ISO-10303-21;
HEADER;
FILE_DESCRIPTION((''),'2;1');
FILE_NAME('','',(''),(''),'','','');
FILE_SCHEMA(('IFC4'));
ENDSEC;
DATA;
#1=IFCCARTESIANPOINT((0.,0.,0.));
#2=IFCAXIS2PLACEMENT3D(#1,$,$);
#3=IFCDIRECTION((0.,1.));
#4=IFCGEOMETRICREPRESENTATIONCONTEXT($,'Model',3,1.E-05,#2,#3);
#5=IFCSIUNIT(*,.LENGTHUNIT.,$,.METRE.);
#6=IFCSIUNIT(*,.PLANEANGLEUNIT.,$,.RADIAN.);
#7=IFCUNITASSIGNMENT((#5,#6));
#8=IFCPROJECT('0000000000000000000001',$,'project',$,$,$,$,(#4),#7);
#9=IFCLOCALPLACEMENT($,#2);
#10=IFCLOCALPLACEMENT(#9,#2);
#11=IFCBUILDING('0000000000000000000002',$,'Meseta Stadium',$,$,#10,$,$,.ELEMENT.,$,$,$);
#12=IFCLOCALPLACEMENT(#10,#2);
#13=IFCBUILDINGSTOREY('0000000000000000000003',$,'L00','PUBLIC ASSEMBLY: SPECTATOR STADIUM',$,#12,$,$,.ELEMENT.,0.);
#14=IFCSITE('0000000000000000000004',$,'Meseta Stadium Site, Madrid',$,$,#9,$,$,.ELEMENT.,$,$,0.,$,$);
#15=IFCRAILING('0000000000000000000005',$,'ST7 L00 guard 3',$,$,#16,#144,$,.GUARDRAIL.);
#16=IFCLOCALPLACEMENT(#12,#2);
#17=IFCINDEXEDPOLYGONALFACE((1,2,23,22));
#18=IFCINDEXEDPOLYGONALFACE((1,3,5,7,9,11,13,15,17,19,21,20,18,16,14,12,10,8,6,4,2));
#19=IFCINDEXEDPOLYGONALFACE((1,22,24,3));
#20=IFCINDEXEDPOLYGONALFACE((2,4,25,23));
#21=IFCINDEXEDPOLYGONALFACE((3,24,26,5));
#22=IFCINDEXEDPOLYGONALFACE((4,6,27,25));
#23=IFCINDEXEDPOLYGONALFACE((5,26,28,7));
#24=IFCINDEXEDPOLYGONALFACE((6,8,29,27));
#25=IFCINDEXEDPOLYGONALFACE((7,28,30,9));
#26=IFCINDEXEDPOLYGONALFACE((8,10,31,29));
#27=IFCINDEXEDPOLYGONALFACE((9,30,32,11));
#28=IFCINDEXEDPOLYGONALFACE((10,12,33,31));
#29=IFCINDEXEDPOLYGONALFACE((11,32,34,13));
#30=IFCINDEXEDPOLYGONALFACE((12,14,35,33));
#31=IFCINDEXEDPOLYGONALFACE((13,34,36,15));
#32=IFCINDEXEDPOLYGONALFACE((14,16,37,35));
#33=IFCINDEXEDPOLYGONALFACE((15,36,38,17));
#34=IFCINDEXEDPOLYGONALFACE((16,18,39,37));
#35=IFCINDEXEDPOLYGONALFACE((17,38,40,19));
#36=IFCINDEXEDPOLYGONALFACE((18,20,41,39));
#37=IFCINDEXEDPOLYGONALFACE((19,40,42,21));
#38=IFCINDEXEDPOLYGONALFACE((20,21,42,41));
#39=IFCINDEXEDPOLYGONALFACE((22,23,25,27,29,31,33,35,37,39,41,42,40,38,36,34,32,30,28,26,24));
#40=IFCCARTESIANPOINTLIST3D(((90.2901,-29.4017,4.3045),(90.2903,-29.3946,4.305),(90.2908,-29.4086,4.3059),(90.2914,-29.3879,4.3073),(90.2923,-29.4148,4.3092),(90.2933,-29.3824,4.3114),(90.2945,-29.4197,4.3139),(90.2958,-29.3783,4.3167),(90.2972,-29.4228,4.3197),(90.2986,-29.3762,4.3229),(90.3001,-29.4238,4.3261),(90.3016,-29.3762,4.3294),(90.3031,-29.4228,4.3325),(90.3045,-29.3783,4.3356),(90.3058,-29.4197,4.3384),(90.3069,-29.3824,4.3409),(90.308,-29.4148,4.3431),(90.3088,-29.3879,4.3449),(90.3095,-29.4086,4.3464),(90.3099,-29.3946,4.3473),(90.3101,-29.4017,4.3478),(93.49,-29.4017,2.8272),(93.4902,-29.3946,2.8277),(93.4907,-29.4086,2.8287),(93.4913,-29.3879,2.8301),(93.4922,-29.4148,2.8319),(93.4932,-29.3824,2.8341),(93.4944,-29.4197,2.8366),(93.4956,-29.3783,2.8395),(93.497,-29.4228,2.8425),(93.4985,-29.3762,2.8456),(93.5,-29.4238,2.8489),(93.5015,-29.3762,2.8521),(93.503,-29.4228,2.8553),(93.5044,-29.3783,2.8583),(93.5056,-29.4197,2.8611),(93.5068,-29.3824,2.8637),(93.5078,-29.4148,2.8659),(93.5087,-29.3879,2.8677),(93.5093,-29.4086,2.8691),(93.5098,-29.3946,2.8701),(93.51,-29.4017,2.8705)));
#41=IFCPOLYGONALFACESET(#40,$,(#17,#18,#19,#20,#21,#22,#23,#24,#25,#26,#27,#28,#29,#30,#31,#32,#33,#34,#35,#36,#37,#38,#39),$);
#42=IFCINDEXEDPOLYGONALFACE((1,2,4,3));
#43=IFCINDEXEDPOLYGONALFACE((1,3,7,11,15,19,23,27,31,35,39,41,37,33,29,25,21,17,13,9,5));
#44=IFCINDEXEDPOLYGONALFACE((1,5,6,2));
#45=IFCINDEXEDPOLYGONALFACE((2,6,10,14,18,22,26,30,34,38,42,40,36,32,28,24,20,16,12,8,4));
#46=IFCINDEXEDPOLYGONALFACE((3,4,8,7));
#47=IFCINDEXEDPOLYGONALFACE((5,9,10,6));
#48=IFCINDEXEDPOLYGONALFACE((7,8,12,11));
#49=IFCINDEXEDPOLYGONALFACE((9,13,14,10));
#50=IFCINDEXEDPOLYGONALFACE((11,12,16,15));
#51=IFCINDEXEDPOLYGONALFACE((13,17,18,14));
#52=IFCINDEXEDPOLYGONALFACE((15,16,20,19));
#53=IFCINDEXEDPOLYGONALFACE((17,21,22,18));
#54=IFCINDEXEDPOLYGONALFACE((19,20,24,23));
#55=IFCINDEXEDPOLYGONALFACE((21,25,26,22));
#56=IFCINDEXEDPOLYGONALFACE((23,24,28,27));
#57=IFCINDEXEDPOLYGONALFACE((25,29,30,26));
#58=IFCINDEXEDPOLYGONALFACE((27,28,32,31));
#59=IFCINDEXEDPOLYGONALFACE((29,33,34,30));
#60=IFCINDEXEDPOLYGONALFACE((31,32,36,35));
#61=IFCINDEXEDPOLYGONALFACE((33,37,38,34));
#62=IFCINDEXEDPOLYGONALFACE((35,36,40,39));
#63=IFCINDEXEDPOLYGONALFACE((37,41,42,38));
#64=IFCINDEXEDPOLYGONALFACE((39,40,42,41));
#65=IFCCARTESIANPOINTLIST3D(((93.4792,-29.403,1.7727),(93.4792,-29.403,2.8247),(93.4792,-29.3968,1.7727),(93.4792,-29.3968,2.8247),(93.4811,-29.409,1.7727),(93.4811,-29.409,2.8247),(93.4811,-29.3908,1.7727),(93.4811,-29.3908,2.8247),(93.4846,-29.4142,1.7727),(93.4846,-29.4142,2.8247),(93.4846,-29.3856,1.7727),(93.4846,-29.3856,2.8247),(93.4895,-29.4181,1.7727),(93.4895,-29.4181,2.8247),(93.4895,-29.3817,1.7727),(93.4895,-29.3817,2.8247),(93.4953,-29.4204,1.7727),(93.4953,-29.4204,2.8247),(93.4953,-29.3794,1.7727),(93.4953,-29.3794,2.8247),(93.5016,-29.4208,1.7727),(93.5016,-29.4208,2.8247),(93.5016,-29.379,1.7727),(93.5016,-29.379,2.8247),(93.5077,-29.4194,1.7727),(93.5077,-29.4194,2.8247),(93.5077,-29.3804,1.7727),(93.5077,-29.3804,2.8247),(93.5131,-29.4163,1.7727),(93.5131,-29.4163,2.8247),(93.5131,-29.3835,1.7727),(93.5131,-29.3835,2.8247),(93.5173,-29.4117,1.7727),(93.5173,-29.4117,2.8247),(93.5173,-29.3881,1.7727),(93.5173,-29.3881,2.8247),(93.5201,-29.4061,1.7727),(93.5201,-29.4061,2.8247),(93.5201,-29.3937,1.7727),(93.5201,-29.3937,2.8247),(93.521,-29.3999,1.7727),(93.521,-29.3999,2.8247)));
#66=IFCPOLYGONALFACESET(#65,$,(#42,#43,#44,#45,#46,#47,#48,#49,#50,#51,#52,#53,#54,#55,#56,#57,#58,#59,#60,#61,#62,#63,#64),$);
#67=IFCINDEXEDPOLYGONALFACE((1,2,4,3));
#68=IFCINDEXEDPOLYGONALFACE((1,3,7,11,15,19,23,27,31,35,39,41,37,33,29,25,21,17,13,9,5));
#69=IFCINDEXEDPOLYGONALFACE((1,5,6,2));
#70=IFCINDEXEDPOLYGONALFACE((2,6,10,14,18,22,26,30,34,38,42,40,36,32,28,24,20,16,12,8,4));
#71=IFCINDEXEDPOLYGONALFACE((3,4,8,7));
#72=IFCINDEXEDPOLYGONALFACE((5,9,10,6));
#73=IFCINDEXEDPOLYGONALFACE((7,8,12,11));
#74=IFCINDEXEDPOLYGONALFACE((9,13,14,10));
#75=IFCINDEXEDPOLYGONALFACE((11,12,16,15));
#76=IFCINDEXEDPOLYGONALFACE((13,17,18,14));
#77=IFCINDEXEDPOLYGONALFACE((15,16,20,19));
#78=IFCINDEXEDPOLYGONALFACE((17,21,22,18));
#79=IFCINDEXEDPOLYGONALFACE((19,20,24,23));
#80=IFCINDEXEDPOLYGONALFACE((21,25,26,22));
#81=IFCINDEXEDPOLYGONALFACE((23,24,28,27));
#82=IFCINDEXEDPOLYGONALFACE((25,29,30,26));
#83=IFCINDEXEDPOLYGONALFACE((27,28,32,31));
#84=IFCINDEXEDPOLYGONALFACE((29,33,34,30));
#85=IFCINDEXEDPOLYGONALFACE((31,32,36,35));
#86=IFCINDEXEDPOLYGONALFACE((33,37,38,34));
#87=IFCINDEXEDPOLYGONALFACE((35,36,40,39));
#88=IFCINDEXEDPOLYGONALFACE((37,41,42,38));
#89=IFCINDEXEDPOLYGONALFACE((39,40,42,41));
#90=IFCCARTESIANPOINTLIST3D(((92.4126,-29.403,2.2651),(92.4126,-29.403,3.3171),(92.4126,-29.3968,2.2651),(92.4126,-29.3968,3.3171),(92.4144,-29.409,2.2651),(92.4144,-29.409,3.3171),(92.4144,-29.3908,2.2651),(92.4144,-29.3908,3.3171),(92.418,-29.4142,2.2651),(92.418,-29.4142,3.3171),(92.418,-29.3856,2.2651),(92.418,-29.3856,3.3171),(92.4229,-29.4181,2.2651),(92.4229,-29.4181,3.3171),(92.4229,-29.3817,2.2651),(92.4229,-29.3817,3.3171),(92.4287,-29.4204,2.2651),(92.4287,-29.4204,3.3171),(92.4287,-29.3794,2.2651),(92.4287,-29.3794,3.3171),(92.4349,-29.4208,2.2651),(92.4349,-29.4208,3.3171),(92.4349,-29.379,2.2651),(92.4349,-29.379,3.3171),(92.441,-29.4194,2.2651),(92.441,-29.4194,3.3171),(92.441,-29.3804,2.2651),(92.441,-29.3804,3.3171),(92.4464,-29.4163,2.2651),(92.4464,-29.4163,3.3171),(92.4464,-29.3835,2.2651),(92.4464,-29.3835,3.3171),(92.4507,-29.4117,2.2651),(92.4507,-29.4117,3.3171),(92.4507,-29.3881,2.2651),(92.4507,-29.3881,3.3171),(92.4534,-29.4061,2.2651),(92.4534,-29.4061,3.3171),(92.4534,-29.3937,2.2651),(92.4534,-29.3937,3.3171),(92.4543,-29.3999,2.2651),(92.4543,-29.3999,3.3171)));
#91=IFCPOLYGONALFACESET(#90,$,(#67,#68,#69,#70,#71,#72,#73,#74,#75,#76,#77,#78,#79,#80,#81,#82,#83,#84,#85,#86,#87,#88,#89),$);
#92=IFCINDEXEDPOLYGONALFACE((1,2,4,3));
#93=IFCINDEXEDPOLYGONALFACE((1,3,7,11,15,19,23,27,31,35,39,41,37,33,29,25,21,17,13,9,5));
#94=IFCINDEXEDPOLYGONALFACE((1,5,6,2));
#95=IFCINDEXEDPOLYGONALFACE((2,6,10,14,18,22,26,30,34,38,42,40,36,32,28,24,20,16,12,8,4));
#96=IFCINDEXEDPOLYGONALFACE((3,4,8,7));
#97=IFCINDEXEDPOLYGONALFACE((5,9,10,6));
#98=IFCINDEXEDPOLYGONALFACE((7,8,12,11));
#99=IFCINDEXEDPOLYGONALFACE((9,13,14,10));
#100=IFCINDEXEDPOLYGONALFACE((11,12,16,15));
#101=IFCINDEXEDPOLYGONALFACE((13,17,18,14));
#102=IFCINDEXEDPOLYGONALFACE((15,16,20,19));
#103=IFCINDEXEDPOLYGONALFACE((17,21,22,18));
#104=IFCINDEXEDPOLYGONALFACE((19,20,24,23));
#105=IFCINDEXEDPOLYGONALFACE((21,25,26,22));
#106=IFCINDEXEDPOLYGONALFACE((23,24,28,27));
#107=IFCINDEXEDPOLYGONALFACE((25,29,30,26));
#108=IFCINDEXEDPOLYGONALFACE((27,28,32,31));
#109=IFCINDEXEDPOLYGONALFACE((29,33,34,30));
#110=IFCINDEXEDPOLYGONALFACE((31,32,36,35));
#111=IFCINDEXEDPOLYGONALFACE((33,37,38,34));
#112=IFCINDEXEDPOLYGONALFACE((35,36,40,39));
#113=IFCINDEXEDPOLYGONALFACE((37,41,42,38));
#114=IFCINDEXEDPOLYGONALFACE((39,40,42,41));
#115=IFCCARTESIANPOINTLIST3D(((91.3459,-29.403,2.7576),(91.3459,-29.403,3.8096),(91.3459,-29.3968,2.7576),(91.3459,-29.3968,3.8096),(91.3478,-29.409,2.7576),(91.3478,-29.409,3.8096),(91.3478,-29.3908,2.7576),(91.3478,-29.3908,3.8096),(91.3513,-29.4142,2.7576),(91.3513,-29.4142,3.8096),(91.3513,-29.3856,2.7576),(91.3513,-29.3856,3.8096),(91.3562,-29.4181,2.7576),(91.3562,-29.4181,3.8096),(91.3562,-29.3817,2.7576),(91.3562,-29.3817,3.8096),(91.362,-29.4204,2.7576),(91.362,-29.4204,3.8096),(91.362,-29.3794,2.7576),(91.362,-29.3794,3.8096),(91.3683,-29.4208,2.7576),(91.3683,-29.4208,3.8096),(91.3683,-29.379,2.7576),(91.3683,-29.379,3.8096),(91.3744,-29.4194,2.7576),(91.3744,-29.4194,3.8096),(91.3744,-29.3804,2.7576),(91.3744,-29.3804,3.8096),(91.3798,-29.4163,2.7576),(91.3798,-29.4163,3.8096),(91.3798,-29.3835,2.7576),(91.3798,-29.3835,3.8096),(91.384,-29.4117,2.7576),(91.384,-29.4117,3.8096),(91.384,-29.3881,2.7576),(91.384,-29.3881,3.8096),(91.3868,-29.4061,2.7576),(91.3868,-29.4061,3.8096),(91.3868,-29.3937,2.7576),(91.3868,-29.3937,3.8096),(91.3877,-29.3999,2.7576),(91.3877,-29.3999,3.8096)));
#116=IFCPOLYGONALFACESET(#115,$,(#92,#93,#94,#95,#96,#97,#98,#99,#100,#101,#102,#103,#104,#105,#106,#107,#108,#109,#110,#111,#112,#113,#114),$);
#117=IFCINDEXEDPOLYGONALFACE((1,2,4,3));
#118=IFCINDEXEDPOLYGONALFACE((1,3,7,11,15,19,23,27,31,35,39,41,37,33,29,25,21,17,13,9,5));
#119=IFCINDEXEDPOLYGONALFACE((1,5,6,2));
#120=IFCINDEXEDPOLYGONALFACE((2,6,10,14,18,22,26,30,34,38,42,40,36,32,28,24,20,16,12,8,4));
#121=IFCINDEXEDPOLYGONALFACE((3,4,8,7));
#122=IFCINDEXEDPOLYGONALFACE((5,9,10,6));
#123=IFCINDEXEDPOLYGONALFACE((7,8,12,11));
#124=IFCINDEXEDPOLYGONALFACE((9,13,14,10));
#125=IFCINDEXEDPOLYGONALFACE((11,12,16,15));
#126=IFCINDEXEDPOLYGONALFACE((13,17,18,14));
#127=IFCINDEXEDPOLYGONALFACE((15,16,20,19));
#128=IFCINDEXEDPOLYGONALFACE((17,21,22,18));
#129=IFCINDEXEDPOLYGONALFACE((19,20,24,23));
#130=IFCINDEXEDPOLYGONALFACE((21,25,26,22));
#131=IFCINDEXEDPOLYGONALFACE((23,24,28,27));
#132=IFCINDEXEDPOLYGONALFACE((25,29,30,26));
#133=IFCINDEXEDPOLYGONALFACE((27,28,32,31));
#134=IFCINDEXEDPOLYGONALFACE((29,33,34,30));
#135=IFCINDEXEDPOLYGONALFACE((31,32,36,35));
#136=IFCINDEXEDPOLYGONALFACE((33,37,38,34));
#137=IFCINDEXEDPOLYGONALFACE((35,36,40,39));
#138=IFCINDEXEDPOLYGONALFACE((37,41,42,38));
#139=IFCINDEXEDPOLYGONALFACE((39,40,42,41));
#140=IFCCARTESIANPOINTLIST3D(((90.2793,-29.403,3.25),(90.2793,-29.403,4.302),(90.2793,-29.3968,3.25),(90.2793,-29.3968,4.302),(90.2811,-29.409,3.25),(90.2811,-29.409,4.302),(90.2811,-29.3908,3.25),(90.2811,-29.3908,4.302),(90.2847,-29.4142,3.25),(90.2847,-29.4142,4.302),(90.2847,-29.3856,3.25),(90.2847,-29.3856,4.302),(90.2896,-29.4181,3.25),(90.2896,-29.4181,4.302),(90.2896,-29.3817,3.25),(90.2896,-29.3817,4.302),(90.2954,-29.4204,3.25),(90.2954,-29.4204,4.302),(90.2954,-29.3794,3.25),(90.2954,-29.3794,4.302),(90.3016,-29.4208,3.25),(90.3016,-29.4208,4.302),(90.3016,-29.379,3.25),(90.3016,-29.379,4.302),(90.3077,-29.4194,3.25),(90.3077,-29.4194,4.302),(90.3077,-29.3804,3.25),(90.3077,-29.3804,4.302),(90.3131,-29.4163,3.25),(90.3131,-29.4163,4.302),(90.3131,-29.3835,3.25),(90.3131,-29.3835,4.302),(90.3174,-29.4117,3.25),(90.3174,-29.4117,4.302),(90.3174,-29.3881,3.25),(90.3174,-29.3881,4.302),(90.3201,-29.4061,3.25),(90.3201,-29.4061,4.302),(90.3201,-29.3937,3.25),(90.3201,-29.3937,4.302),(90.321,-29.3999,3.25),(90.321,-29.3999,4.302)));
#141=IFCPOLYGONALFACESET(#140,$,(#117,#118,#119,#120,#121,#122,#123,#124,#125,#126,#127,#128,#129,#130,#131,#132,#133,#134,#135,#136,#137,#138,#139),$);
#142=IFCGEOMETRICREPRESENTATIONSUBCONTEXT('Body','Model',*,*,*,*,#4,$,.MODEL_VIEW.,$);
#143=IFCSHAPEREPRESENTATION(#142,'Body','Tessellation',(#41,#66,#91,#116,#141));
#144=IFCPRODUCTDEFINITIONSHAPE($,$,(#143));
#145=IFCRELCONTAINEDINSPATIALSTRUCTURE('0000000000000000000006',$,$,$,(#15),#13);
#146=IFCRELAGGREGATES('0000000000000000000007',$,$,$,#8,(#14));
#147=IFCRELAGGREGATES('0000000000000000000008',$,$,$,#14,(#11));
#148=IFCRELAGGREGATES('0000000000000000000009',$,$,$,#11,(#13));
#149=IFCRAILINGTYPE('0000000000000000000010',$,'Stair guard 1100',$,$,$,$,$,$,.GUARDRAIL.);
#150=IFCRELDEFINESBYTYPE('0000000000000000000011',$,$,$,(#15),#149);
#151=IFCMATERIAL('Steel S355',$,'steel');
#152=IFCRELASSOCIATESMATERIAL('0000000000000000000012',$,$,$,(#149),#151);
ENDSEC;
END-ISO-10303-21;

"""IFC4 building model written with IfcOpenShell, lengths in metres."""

from ifc_helpers import new_model, si_unit, direction, frame, origin, origin_2d, place, context, subcontext, project, spatial, circle, extrude, material, type_object, element, save


model = new_model("IFC4")

# Units and contexts
model_context = context("Model", 3, precision=1e-05, world=origin(), true_north=direction((0.0, 1.0)))
body_context = subcontext(model_context, "Body", "Model", "MODEL_VIEW")
ifc_project = project(units=[si_unit("LENGTHUNIT", "METRE"), si_unit("PLANEANGLEUNIT", "RADIAN")], contexts=[model_context])

# Site, building, storey
site_placement = place(None, origin())
site = spatial("IfcSite", under=ifc_project, at=site_placement, Name="Meseta Stadium Site, Madrid", CompositionType="ELEMENT", RefElevation=0.0)
building_placement = place(site_placement, origin())
building = spatial("IfcBuilding", under=site, at=building_placement, Name="Meseta Stadium", CompositionType="ELEMENT")
storey_placement = place(building_placement, origin())
storey = spatial("IfcBuildingStorey", under=building, at=storey_placement, Name="L00", Description="PUBLIC ASSEMBLY: SPECTATOR STADIUM", CompositionType="ELEMENT", Elevation=0.0)

# Railing
ifc_material_1 = material(Name="Steel S355", Category="steel")
railing_type_1 = type_object("IfcRailingType", Name="Stair guard 1100", PredefinedType="GUARDRAIL", material=ifc_material_1)
railing_1_placement = place(storey_placement, frame((93.5, -29.3999, 1.7727)))
element("IfcRailing", 1, at=railing_1_placement, inside=storey, type_object=railing_type_1, Name="ST7 L00 guard 3", PredefinedType="GUARDRAIL", context=body_context, shape_type="SweptSolid", body=[
    extrude(circle(Radius=0.0239, at=origin_2d()), frame((0.0, 0.0, 1.0762), z_axis=(-0.907917, 0.0, 0.41915), x_axis=(0.0, -1.0, 0.0)), (0.0, 0.0, 1.0), 3.5244),
    extrude(circle(Radius=0.021, at=origin_2d()), origin(), (0.0, 0.0, 1.0), 1.052),
    extrude(circle(Radius=0.021, at=origin_2d()), frame((-1.0667, 0.0, 0.4924)), (0.0, 0.0, 1.0), 1.052),
    extrude(circle(Radius=0.021, at=origin_2d()), frame((-2.1333, 0.0, 0.9849)), (0.0, 0.0, 1.0), 1.052),
    extrude(circle(Radius=0.021, at=origin_2d()), frame((-3.2, 0.0, 1.4773)), (0.0, 0.0, 1.0), 1.052),
])

save(model, "model.ifc")
